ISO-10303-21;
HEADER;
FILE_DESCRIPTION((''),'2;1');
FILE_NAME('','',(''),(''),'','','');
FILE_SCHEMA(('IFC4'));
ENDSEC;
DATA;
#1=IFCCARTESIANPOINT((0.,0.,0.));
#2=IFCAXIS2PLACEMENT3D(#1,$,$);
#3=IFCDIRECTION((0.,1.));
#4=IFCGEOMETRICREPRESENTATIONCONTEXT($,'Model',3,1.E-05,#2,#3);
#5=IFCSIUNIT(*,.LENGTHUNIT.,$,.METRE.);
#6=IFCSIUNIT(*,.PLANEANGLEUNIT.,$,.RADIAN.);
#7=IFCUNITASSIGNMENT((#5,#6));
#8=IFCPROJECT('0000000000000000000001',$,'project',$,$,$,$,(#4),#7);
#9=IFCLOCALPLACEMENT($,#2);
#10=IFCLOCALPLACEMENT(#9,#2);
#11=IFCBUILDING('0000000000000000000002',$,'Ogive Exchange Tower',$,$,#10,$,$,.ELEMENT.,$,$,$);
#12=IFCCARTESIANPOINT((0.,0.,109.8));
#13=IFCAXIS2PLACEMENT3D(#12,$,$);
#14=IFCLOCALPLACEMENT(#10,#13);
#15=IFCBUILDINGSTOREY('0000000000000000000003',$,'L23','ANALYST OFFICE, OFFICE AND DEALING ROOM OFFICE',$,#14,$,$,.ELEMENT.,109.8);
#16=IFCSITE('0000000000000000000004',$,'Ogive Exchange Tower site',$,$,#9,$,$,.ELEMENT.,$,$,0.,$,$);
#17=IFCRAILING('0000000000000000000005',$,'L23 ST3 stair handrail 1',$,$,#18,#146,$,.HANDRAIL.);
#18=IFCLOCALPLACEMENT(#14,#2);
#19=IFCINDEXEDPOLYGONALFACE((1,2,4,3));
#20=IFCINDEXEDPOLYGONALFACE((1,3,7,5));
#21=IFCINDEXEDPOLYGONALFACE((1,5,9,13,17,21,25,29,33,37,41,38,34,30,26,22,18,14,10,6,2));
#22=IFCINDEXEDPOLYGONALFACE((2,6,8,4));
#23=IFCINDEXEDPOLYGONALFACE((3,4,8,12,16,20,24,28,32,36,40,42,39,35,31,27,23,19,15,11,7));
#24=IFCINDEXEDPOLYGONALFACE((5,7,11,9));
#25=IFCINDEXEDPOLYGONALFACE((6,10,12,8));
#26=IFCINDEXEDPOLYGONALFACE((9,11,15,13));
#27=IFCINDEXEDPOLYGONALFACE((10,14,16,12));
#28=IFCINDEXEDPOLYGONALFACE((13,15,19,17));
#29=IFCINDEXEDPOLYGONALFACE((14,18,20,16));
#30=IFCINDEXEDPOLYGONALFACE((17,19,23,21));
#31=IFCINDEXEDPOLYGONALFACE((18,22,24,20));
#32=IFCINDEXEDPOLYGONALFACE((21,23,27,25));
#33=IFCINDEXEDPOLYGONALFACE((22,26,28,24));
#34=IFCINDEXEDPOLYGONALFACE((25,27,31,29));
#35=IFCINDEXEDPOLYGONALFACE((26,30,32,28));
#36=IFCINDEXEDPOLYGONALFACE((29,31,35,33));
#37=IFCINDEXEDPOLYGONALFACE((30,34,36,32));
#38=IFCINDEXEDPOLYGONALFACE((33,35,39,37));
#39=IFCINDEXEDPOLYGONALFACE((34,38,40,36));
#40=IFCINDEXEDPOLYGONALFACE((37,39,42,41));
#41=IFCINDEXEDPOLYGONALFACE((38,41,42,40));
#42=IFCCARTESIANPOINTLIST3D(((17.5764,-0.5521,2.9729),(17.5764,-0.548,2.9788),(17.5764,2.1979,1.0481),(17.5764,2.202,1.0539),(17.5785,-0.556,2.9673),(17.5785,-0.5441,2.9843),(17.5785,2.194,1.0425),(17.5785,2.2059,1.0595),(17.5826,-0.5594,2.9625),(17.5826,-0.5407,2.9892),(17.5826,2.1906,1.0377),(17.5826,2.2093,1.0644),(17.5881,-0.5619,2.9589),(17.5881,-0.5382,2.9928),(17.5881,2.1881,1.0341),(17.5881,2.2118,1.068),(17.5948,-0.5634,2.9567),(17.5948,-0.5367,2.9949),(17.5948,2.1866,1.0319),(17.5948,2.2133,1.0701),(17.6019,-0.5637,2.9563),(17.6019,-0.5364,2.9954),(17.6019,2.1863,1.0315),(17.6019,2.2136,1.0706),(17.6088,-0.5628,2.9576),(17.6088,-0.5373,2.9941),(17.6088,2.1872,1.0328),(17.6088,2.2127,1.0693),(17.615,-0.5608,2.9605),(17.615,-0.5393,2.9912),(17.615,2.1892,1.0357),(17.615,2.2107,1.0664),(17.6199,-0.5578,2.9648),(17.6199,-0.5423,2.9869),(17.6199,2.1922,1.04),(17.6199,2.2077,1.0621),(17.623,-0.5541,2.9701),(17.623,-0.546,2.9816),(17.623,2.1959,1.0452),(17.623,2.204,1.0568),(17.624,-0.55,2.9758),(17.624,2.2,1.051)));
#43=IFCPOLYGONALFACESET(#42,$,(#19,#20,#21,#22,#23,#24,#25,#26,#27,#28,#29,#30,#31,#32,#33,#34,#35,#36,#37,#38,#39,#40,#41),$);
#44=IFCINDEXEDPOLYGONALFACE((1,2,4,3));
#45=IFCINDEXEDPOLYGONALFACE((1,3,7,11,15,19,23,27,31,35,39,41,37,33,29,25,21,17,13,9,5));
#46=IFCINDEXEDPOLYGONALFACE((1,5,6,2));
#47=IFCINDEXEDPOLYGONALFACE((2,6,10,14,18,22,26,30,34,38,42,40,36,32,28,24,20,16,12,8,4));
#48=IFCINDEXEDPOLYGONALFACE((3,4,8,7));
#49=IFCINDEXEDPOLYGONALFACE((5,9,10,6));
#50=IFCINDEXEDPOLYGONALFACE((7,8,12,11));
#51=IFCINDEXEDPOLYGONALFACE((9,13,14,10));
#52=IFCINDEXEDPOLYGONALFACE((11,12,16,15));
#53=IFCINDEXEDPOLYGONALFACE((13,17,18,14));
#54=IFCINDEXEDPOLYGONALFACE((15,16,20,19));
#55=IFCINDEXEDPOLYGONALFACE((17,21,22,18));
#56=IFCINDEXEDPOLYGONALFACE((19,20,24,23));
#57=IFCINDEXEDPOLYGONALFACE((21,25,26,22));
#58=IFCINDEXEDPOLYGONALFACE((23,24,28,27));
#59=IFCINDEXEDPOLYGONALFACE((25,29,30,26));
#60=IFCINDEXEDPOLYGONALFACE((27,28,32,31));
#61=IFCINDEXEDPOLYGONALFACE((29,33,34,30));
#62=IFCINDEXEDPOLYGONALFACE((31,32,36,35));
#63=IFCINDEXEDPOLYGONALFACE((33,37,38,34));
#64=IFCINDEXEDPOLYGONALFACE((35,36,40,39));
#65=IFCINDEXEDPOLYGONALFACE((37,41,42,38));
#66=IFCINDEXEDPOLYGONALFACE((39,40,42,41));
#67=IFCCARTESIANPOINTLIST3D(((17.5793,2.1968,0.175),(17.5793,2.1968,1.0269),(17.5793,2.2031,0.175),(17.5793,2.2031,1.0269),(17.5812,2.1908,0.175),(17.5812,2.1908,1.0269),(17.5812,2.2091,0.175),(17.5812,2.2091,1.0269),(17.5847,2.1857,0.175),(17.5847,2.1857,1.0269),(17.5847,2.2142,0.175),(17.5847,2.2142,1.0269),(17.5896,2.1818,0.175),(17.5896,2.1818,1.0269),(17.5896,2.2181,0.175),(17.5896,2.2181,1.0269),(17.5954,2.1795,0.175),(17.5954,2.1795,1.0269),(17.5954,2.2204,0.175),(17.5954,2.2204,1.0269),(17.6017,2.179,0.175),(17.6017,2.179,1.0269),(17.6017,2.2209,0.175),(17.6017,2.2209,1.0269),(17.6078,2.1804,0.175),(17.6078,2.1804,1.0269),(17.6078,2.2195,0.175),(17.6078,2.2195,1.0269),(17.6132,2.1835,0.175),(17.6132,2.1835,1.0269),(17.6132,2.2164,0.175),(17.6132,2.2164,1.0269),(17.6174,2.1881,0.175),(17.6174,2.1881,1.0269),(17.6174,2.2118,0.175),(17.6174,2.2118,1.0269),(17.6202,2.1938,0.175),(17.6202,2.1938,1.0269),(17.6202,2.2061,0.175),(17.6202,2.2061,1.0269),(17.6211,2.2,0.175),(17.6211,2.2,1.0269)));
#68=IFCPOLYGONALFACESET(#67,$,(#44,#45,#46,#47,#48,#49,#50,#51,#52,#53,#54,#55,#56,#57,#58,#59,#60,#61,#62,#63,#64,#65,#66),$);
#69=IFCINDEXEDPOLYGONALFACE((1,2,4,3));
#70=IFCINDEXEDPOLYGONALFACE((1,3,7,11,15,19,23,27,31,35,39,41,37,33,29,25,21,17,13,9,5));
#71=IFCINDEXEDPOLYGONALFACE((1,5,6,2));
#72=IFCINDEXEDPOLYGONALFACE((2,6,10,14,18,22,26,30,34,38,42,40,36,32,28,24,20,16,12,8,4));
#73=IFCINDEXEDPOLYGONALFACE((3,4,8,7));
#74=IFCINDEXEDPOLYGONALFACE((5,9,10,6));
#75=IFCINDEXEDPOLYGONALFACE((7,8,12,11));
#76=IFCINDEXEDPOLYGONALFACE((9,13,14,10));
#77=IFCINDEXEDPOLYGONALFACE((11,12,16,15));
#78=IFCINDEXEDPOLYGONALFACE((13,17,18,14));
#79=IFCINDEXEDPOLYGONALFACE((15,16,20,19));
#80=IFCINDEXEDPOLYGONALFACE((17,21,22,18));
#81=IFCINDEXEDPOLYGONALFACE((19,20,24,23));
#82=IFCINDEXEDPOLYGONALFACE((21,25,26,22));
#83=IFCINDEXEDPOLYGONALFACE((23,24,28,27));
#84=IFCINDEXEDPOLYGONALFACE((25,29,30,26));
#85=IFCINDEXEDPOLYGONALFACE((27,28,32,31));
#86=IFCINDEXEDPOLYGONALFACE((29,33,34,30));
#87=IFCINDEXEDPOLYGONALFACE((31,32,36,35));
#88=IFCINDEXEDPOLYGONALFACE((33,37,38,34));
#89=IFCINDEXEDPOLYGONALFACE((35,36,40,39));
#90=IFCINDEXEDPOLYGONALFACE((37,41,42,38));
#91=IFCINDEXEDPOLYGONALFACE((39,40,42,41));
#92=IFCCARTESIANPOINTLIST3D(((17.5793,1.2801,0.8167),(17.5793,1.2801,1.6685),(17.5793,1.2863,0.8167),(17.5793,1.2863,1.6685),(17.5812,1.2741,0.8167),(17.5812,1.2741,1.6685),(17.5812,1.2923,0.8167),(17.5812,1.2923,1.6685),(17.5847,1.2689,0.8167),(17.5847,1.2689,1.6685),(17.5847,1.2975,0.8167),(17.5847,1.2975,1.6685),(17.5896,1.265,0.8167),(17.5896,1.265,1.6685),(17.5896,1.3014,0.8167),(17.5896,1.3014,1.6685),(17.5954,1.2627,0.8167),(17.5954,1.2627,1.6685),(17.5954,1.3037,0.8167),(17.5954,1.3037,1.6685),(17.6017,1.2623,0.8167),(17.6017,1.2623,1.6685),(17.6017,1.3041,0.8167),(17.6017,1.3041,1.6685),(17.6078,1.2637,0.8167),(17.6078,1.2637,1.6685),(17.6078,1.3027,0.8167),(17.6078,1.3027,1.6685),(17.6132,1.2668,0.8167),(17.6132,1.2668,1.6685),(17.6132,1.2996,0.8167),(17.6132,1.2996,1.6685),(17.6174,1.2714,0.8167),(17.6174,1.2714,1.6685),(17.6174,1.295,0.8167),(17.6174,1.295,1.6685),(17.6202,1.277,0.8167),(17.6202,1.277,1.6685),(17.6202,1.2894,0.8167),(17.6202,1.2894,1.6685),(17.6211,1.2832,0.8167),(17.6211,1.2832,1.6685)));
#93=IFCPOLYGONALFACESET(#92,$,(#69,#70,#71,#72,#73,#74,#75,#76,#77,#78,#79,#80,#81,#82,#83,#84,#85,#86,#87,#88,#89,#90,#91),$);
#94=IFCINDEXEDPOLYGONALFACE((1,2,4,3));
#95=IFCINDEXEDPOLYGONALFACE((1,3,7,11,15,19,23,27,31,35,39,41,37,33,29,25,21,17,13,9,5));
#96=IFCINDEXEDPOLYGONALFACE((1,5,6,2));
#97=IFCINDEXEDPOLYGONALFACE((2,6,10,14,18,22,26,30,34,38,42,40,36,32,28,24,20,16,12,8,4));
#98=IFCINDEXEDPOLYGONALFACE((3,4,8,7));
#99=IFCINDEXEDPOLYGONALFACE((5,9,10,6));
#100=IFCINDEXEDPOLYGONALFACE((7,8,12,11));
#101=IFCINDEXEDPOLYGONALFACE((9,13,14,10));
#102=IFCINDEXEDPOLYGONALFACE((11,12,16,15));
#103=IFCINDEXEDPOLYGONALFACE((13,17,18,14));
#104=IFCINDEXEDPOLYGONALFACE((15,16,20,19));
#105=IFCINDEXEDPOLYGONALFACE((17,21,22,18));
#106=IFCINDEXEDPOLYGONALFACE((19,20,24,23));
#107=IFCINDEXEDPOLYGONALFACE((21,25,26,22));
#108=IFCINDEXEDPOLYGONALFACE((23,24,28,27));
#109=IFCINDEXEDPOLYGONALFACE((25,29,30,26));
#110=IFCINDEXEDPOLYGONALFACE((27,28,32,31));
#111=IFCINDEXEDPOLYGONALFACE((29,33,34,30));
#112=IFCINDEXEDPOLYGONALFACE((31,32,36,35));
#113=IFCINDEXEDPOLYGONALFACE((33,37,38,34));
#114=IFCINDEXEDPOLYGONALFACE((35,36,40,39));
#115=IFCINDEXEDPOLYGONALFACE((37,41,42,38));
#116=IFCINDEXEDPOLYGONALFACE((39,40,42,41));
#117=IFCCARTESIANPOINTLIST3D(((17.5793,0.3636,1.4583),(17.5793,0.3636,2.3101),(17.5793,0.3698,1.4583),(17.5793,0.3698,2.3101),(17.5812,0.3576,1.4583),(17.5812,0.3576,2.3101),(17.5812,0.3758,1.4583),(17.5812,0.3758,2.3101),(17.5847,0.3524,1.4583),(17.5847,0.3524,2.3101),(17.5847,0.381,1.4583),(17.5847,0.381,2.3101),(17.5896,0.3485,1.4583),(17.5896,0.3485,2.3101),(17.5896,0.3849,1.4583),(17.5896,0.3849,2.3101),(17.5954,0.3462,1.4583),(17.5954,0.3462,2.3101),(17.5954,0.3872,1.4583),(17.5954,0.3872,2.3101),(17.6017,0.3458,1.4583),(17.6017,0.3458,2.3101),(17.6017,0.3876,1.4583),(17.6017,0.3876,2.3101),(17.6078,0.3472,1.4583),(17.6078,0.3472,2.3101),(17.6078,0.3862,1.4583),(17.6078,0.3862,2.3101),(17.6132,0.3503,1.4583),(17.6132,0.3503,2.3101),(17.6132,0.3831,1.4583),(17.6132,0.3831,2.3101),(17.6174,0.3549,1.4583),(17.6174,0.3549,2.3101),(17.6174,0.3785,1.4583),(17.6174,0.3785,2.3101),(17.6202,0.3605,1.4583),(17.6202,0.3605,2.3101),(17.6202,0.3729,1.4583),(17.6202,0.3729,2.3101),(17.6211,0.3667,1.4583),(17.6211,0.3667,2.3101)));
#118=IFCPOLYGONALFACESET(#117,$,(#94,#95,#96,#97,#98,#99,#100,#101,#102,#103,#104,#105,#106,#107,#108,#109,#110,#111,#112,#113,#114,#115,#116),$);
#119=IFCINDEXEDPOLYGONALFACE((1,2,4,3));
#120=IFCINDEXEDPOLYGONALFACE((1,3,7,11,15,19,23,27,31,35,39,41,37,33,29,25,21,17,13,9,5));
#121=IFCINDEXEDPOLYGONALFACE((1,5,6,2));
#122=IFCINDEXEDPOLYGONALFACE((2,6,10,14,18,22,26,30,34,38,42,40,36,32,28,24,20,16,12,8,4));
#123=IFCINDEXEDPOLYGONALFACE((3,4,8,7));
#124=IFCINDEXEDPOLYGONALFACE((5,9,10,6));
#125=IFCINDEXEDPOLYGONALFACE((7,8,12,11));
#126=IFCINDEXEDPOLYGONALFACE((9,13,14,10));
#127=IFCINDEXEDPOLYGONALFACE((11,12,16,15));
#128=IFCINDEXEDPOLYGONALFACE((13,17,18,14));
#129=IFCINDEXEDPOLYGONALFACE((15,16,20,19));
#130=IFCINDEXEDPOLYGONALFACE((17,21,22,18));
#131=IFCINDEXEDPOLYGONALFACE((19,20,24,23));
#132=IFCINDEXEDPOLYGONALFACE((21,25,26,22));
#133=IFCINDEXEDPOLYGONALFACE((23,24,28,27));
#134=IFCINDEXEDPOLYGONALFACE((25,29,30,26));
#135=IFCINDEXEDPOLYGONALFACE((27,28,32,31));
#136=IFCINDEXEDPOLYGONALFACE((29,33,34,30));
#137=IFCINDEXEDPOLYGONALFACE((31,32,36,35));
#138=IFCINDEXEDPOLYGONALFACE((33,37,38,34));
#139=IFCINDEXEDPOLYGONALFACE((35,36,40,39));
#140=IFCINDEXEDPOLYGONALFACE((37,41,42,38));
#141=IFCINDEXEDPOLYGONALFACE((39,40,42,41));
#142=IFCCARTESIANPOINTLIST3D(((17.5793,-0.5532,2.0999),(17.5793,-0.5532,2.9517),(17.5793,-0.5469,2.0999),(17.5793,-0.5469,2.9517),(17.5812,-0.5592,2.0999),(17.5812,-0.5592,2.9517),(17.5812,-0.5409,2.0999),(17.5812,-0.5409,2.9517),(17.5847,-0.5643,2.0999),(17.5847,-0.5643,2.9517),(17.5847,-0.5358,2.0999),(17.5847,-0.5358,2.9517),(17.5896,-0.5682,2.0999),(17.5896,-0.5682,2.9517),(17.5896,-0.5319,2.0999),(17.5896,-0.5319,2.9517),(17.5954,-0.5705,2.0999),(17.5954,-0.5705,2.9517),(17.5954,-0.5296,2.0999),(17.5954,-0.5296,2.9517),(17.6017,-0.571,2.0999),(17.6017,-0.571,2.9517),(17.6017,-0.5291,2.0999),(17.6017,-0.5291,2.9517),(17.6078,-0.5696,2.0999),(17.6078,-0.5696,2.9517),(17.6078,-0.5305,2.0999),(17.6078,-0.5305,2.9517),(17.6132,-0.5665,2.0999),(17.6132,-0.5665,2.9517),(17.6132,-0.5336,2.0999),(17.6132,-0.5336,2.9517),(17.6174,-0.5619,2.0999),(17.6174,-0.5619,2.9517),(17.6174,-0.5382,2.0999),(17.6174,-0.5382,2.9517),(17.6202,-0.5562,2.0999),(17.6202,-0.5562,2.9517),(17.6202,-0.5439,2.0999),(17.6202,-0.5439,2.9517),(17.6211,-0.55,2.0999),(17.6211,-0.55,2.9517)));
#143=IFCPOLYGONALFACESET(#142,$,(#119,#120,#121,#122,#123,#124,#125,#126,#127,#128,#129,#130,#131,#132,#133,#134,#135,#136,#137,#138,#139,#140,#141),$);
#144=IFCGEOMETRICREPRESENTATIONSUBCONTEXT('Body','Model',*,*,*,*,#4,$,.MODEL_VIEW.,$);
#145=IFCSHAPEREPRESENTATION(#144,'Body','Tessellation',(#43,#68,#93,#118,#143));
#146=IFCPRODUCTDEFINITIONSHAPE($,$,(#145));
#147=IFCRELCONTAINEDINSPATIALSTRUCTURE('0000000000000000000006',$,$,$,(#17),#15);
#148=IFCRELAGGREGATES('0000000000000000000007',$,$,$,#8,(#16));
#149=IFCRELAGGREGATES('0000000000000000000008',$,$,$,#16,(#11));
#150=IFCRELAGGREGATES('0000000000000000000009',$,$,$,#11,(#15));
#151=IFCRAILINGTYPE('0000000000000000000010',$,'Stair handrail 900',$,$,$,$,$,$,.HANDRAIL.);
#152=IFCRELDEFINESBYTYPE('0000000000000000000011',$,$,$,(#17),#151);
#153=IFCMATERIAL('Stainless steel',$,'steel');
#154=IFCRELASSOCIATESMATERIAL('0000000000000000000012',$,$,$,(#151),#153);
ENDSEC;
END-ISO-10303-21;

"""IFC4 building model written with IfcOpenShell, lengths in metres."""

from ifc_helpers import new_model, si_unit, direction, frame, origin, origin_2d, place, context, subcontext, project, spatial, circle, extrude, material, type_object, element, save


model = new_model("IFC4")

# Units and contexts
model_context = context("Model", 3, precision=1e-05, world=origin(), true_north=direction((0.0, 1.0)))
body_context = subcontext(model_context, "Body", "Model", "MODEL_VIEW")
ifc_project = project(units=[si_unit("LENGTHUNIT", "METRE"), si_unit("PLANEANGLEUNIT", "RADIAN")], contexts=[model_context])

# Site, building, storey
site_placement = place(None, origin())
site = spatial("IfcSite", under=ifc_project, at=site_placement, Name="Ogive Exchange Tower site", CompositionType="ELEMENT", RefElevation=0.0)
building_placement = place(site_placement, origin())
building = spatial("IfcBuilding", under=site, at=building_placement, Name="Ogive Exchange Tower", CompositionType="ELEMENT")
storey_placement = place(building_placement, frame((0.0, 0.0, 109.8)))
storey = spatial("IfcBuildingStorey", under=building, at=storey_placement, Name="L23", Description="ANALYST OFFICE, OFFICE AND DEALING ROOM OFFICE", CompositionType="ELEMENT", Elevation=109.8)

# Shared definitions
ifc_material_1 = material(Name="Stainless steel", Category="steel")

# Railing
railing_type = type_object("IfcRailingType", Name="Stair handrail 900", PredefinedType="HANDRAIL", material=ifc_material_1)
railing_1_placement = place(storey_placement, frame((17.6001, 2.2, 0.175)))
element("IfcRailing", 1, at=railing_1_placement, inside=storey, type_object=railing_type, Name="L23 ST3 stair handrail 1", PredefinedType="HANDRAIL", context=body_context, shape_type="SweptSolid", body=[
    extrude(circle(Radius=0.0239, at=origin_2d()), frame((0.0, 0.0, 0.876), z_axis=(0.0, -0.819259, 0.573423), x_axis=(1.0, 0.0, 0.0)), (0.0, 0.0, 1.0), 3.3567),
    extrude(circle(Radius=0.021, at=origin_2d()), origin(), (0.0, 0.0, 1.0), 0.8518),
    extrude(circle(Radius=0.021, at=origin_2d()), frame((0.0, -0.9167, 0.6416)), (0.0, 0.0, 1.0), 0.8518),
    extrude(circle(Radius=0.021, at=origin_2d()), frame((0.0, -1.8333, 1.2832)), (0.0, 0.0, 1.0), 0.8518),
    extrude(circle(Radius=0.021, at=origin_2d()), frame((0.0, -2.75, 1.9248)), (0.0, 0.0, 1.0), 0.8518),
])

save(model, "model.ifc")
